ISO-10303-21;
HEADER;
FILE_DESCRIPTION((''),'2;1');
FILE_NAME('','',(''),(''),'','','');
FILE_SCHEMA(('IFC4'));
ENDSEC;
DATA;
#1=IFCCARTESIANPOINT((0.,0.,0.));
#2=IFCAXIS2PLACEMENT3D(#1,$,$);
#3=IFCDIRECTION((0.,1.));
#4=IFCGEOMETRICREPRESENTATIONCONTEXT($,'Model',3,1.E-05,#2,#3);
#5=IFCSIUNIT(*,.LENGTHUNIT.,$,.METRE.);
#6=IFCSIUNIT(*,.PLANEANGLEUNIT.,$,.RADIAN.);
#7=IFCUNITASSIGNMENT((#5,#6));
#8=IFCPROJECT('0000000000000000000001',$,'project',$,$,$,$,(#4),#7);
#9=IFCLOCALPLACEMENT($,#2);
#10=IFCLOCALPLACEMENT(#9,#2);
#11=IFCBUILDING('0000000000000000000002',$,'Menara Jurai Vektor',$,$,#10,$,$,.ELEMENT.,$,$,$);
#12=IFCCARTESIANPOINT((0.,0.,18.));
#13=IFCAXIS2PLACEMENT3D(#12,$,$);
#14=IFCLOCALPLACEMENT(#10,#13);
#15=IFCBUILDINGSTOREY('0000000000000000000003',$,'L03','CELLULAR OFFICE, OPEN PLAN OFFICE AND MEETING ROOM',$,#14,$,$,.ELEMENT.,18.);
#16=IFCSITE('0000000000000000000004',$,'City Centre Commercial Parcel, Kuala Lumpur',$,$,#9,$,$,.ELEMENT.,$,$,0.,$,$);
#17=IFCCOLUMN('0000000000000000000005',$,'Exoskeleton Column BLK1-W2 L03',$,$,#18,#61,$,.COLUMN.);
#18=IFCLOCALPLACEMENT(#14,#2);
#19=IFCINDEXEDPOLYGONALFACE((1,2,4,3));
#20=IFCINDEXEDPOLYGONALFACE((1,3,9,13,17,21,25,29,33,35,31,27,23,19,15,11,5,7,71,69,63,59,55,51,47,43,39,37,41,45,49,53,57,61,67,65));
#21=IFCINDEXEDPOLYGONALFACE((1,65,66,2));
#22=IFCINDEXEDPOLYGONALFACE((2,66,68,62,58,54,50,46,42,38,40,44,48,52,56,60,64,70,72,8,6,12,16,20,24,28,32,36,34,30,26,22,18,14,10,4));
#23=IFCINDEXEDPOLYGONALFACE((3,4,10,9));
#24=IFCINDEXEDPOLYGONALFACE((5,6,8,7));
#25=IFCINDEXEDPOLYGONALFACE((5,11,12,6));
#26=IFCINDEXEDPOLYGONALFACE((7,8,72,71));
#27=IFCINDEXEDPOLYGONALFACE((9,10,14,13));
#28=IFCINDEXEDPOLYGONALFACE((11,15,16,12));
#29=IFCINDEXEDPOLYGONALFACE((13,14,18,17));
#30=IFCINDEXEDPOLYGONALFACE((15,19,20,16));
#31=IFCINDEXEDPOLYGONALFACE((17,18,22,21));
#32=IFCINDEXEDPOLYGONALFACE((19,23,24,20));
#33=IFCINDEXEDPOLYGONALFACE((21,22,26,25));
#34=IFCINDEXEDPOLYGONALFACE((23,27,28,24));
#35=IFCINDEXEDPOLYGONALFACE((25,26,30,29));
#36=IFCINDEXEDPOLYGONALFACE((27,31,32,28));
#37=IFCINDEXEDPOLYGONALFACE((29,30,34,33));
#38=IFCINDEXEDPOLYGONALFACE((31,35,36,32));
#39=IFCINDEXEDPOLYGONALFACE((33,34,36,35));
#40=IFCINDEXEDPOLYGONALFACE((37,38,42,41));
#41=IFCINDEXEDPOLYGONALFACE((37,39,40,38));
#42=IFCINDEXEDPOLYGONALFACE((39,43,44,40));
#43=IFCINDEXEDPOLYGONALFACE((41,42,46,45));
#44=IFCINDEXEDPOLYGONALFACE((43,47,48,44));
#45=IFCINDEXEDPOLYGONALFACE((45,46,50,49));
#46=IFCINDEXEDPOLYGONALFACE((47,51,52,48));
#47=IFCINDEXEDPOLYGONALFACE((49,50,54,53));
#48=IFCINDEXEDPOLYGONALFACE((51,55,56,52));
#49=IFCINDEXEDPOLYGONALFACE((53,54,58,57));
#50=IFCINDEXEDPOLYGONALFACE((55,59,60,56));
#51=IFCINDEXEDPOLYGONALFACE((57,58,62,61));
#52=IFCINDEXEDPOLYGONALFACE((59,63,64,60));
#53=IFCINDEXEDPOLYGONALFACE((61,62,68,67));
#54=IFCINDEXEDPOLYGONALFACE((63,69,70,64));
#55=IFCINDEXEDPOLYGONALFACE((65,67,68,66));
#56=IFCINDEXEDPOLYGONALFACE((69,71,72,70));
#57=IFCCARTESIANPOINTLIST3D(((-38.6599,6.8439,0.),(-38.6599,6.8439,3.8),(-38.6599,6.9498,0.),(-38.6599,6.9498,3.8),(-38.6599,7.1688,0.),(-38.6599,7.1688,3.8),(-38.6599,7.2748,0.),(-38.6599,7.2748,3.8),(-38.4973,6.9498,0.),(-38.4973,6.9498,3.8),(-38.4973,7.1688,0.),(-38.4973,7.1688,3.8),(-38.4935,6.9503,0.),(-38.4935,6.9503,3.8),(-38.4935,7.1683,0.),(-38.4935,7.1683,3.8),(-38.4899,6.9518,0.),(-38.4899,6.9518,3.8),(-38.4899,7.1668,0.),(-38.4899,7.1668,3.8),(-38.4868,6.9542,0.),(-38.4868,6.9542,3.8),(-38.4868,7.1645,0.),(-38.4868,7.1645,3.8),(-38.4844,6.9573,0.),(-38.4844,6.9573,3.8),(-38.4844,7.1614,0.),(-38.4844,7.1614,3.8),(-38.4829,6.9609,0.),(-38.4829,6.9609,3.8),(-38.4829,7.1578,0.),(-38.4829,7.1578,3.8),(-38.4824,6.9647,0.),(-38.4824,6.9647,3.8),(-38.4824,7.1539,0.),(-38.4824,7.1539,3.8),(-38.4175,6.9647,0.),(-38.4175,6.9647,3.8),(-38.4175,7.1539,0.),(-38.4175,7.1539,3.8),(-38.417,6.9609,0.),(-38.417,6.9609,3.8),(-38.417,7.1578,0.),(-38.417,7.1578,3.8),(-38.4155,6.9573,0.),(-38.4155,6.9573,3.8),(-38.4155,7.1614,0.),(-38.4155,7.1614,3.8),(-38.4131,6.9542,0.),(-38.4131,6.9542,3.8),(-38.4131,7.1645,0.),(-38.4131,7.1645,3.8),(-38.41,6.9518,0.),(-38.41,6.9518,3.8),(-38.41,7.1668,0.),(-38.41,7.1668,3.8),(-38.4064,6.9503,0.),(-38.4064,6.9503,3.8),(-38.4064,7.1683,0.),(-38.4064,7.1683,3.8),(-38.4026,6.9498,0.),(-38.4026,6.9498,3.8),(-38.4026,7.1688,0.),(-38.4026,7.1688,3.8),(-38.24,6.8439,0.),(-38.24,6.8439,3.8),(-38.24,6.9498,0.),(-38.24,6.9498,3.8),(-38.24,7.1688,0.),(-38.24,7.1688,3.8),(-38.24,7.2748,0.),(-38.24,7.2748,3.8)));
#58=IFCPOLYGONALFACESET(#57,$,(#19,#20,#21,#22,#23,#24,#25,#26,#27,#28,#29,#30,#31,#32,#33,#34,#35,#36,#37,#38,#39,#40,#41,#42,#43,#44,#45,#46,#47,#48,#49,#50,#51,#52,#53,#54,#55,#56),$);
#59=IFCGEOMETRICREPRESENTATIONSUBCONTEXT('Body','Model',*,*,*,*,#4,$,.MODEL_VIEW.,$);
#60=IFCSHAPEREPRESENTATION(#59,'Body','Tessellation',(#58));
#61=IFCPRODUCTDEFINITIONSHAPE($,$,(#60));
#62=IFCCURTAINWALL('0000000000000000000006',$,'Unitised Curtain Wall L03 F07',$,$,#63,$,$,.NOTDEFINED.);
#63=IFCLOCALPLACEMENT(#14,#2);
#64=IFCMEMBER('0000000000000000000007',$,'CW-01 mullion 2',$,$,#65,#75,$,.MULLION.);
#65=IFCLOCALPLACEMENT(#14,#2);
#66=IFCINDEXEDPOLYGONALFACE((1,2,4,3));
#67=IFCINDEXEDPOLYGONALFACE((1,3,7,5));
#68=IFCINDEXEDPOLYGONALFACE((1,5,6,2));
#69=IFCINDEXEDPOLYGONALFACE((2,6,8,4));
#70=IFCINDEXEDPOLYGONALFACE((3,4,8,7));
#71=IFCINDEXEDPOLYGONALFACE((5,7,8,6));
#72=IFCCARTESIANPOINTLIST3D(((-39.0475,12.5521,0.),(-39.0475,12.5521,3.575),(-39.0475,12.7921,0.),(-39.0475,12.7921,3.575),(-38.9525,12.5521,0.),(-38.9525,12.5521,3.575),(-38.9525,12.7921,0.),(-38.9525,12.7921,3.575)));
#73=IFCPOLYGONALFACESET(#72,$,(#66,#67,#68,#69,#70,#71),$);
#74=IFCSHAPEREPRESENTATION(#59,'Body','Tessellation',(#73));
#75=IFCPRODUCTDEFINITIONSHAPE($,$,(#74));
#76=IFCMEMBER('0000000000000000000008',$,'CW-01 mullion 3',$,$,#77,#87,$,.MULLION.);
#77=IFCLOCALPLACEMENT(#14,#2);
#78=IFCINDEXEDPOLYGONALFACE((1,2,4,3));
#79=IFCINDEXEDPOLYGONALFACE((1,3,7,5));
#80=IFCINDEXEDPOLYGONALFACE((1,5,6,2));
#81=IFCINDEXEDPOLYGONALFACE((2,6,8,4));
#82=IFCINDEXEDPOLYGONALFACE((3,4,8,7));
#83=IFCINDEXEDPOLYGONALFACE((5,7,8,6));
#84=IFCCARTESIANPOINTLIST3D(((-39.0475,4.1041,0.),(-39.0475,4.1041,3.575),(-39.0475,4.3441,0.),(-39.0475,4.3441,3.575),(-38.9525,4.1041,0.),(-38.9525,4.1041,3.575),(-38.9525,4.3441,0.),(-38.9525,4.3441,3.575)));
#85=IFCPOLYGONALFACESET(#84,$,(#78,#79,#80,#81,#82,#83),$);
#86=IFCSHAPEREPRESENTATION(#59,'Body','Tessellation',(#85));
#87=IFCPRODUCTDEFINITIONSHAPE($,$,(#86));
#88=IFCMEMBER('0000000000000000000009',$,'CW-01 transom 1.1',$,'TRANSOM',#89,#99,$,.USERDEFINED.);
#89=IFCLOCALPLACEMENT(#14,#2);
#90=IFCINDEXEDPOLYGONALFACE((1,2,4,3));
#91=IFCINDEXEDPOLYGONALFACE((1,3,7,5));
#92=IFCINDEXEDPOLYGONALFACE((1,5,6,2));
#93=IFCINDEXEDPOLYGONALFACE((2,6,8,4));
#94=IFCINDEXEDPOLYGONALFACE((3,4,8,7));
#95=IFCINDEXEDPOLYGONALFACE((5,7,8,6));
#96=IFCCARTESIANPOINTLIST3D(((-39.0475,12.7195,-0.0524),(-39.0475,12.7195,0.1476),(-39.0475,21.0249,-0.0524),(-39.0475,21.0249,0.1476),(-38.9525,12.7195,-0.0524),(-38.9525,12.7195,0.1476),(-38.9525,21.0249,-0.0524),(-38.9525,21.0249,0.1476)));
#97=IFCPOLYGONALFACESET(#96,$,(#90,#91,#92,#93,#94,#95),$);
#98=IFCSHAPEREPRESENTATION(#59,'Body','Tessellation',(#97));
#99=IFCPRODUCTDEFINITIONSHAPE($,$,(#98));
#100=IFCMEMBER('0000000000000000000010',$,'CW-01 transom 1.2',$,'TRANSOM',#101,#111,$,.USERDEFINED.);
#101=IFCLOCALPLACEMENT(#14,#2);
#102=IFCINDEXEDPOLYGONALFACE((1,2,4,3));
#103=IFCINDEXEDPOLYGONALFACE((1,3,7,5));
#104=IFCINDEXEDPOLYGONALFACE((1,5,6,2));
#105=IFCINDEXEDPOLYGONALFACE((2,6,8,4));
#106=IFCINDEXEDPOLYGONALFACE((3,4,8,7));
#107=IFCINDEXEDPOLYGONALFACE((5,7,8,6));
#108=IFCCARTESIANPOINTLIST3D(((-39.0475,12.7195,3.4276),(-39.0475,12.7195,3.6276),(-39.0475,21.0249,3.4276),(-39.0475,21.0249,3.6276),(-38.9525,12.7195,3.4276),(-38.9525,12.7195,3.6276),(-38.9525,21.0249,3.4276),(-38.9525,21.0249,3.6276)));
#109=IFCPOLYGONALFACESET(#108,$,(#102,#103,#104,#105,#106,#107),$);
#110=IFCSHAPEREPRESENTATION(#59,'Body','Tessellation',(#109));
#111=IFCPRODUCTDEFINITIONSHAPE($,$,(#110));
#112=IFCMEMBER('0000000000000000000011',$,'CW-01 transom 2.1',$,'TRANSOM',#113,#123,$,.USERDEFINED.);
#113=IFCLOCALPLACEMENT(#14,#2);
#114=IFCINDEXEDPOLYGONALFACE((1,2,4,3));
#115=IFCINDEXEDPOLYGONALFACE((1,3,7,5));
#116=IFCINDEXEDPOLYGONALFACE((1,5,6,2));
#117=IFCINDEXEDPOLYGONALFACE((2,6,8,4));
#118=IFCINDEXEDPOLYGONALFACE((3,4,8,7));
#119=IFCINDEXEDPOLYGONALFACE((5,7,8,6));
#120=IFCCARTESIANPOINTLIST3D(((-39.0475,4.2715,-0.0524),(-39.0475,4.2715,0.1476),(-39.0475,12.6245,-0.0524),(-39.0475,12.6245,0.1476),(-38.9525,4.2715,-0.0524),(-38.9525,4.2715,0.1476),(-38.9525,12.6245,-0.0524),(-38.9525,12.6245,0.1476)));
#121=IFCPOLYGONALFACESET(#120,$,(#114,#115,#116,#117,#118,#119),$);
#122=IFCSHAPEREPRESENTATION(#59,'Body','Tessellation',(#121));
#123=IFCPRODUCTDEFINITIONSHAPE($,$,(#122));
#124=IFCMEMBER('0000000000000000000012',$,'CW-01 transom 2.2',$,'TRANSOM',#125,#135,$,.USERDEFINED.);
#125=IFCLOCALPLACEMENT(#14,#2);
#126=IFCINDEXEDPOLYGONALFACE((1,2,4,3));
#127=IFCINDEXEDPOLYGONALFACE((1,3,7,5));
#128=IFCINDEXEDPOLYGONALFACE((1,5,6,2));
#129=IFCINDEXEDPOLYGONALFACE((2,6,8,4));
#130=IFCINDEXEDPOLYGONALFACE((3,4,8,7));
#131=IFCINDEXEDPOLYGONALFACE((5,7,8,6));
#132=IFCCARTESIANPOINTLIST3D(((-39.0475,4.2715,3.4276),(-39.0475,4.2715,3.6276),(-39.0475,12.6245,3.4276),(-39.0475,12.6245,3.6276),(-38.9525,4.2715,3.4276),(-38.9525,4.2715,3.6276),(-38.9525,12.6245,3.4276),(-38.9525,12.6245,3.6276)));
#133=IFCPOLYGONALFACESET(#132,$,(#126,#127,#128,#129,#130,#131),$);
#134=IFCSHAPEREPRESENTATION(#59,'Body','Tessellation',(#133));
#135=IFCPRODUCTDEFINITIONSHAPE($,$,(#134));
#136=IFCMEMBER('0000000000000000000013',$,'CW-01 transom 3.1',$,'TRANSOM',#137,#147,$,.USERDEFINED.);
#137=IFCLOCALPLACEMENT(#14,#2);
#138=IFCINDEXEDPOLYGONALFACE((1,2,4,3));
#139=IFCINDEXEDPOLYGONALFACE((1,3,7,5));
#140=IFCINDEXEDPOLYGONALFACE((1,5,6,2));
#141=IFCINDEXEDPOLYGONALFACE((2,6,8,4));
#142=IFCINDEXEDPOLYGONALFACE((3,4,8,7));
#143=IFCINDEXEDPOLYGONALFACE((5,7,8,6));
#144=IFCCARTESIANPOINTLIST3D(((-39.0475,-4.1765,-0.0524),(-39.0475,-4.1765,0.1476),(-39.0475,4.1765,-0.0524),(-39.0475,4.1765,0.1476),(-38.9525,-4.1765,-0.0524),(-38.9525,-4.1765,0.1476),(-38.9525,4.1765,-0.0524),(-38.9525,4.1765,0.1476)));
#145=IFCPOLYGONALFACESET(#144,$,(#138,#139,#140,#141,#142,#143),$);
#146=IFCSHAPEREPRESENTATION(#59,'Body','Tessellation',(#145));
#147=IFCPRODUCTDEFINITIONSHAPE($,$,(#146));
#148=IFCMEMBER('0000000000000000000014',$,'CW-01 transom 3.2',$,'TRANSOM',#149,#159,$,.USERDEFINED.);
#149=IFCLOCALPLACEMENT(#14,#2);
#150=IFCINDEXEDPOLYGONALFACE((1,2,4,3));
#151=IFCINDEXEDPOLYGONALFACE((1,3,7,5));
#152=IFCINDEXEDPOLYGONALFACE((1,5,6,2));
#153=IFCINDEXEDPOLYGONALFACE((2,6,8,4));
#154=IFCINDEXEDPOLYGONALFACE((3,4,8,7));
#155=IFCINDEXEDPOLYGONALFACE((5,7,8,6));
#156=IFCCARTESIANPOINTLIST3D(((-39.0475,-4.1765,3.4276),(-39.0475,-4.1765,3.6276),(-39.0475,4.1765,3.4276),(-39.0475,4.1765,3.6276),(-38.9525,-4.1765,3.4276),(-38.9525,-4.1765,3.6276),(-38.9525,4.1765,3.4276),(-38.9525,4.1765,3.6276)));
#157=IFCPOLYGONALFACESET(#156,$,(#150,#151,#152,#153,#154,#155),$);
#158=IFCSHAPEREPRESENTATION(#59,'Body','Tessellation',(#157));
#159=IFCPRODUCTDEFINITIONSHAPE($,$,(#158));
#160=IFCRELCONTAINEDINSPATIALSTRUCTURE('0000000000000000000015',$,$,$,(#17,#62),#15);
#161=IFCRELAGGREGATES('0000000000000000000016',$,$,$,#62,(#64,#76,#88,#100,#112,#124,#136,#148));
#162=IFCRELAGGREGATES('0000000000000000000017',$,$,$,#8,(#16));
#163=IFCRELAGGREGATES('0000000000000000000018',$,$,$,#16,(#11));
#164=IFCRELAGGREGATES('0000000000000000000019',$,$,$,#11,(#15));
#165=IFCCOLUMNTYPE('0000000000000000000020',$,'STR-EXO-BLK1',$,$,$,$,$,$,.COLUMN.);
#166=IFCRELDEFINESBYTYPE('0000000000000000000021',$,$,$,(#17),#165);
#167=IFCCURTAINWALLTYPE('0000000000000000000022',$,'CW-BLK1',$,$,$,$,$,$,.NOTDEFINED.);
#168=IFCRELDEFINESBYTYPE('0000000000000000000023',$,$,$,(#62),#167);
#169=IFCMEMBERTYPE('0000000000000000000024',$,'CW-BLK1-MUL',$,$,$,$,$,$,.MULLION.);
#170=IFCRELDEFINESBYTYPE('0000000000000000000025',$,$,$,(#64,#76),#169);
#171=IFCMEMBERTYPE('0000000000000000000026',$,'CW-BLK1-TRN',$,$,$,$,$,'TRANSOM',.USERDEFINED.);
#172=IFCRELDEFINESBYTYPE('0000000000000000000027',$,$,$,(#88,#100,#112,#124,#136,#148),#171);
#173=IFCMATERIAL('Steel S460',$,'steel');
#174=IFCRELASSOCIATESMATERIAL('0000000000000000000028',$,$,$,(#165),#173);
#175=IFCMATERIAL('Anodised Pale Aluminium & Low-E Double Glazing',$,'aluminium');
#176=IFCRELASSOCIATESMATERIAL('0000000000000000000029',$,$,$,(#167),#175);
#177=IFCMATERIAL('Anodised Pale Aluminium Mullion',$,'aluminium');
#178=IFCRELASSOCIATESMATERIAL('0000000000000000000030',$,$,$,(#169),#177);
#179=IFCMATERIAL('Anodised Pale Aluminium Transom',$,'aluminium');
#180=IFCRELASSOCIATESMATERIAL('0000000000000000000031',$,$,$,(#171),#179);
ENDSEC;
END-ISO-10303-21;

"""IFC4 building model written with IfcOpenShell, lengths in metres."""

from ifc_helpers import new_model, si_unit, direction, frame, origin, origin_2d, place, context, subcontext, project, spatial, rectangle, i_section, extrude, material, material_profile, profile_set, type_object, element, aggregate, save


model = new_model("IFC4")

# Units and contexts
model_context = context("Model", 3, precision=1e-05, world=origin(), true_north=direction((0.0, 1.0)))
body_context = subcontext(model_context, "Body", "Model", "MODEL_VIEW")
ifc_project = project(units=[si_unit("LENGTHUNIT", "METRE"), si_unit("PLANEANGLEUNIT", "RADIAN")], contexts=[model_context])

# Site, building, storey
site_placement = place(None, origin())
site = spatial("IfcSite", under=ifc_project, at=site_placement, Name="City Centre Commercial Parcel, Kuala Lumpur", CompositionType="ELEMENT", RefElevation=0.0)
building_placement = place(site_placement, origin())
building = spatial("IfcBuilding", under=site, at=building_placement, Name="Menara Jurai Vektor", CompositionType="ELEMENT")
storey_placement = place(building_placement, frame((0.0, 0.0, 18.0)))
storey = spatial("IfcBuildingStorey", under=building, at=storey_placement, Name="L03", Description="CELLULAR OFFICE, OPEN PLAN OFFICE AND MEETING ROOM", CompositionType="ELEMENT", Elevation=18.0)

# Column
ifc_material_1 = material(Name="Steel S460", Category="steel")
ifc_material_profile_1 = material_profile(ifc_material_1, i_section(OverallWidth=0.4199, OverallDepth=0.4309, WebThickness=0.0649, FlangeThickness=0.106, FilletRadius=0.0149, at=origin_2d()), Name="HD 400x900")
ifc_profile_set_1 = profile_set([ifc_material_profile_1], Name="Steel S460")
column_type = type_object("IfcColumnType", Name="STR-EXO-BLK1", PredefinedType="COLUMN", material=ifc_profile_set_1)
column_placement = place(storey_placement, frame((-38.45, 7.0593, 0.0), z_axis=(0.0, 0.0, 1.0), x_axis=(1.0, 0.0, 0.0)))
element("IfcColumn", 1, at=column_placement, inside=storey, type_object=column_type, Name="Exoskeleton Column BLK1-W2 L03", PredefinedType="COLUMN", context=body_context, shape_type="SweptSolid", body=[
    extrude(i_section(OverallWidth=0.4199, OverallDepth=0.4309, WebThickness=0.0649, FlangeThickness=0.106, FilletRadius=0.0149, at=origin_2d()), origin(), (0.0, 0.0, 1.0), 3.8),
])

# Curtain wall, members
ifc_material_2 = material(Name="Anodised Pale Aluminium & Low-E Double Glazing", Category="aluminium")
curtain_wall_type = type_object("IfcCurtainWallType", Name="CW-BLK1", PredefinedType="NOTDEFINED", material=ifc_material_2)
curtain_wall_placement = place(storey_placement, origin())
curtain_wall = element("IfcCurtainWall", 2, at=curtain_wall_placement, inside=storey, type_object=curtain_wall_type, Name="Unitised Curtain Wall L03 F07", PredefinedType="NOTDEFINED")
ifc_material_3 = material(Name="Anodised Pale Aluminium Mullion", Category="aluminium")
ifc_material_profile_2 = material_profile(ifc_material_3, rectangle(XDim=0.095, YDim=0.24, at=origin_2d()), Name="ALU MUL 95x240")
ifc_profile_set_2 = profile_set([ifc_material_profile_2], Name="Anodised Pale Aluminium Mullion")
member_type_1 = type_object("IfcMemberType", Name="CW-BLK1-MUL", PredefinedType="MULLION", material=ifc_profile_set_2)
member_1_placement = place(storey_placement, frame((-39.0, 12.6721, 0.0), z_axis=(0.0, 0.0, 1.0), x_axis=(1.0, 0.0, 0.0)))
member_1 = element("IfcMember", 3, at=member_1_placement, type_object=member_type_1, Name="CW-01 mullion 2", PredefinedType="MULLION", context=body_context, shape_type="SweptSolid", body=[
    extrude(rectangle(XDim=0.095, YDim=0.24, at=origin_2d()), origin(), (0.0, 0.0, 1.0), 3.575),
])
member_2_placement = place(storey_placement, frame((-39.0, 4.2241, 0.0), z_axis=(0.0, 0.0, 1.0), x_axis=(1.0, 0.0, 0.0)))
member_2 = element("IfcMember", 4, at=member_2_placement, type_object=member_type_1, Name="CW-01 mullion 3", PredefinedType="MULLION", context=body_context, shape_type="SweptSolid", body=[
    extrude(rectangle(XDim=0.095, YDim=0.24, at=origin_2d()), origin(), (0.0, 0.0, 1.0), 3.575),
])
ifc_material_4 = material(Name="Anodised Pale Aluminium Transom", Category="aluminium")
ifc_material_profile_3 = material_profile(ifc_material_4, rectangle(XDim=0.095, YDim=0.2, at=origin_2d()), Name="ALU TRN 95x200")
ifc_profile_set_3 = profile_set([ifc_material_profile_3], Name="Anodised Pale Aluminium Transom")
member_type_2 = type_object("IfcMemberType", Name="CW-BLK1-TRN", ElementType="TRANSOM", PredefinedType="USERDEFINED", material=ifc_profile_set_3)
member_3_placement = place(storey_placement, frame((-39.0, 21.0249, 0.0476), z_axis=(0.0, -1.0, 0.0), x_axis=(1.0, 0.0, 0.0)))
member_3 = element("IfcMember", 5, at=member_3_placement, type_object=member_type_2, Name="CW-01 transom 1.1", ObjectType="TRANSOM", PredefinedType="USERDEFINED", context=body_context, shape_type="SweptSolid", body=[
    extrude(rectangle(XDim=0.095, YDim=0.2, at=origin_2d()), origin(), (0.0, 0.0, 1.0), 8.3054),
])
member_4_placement = place(storey_placement, frame((-39.0, 21.0249, 3.5276), z_axis=(0.0, -1.0, 0.0), x_axis=(1.0, 0.0, 0.0)))
member_4 = element("IfcMember", 6, at=member_4_placement, type_object=member_type_2, Name="CW-01 transom 1.2", ObjectType="TRANSOM", PredefinedType="USERDEFINED", context=body_context, shape_type="SweptSolid", body=[
    extrude(rectangle(XDim=0.095, YDim=0.2, at=origin_2d()), origin(), (0.0, 0.0, 1.0), 8.3054),
])
member_5_placement = place(storey_placement, frame((-39.0, 12.6245, 0.0476), z_axis=(0.0, -1.0, 0.0), x_axis=(1.0, 0.0, 0.0)))
member_5 = element("IfcMember", 7, at=member_5_placement, type_object=member_type_2, Name="CW-01 transom 2.1", ObjectType="TRANSOM", PredefinedType="USERDEFINED", context=body_context, shape_type="SweptSolid", body=[
    extrude(rectangle(XDim=0.095, YDim=0.2, at=origin_2d()), origin(), (0.0, 0.0, 1.0), 8.353),
])
member_6_placement = place(storey_placement, frame((-39.0, 12.6245, 3.5276), z_axis=(0.0, -1.0, 0.0), x_axis=(1.0, 0.0, 0.0)))
member_6 = element("IfcMember", 8, at=member_6_placement, type_object=member_type_2, Name="CW-01 transom 2.2", ObjectType="TRANSOM", PredefinedType="USERDEFINED", context=body_context, shape_type="SweptSolid", body=[
    extrude(rectangle(XDim=0.095, YDim=0.2, at=origin_2d()), origin(), (0.0, 0.0, 1.0), 8.353),
])
member_7_placement = place(storey_placement, frame((-39.0, 4.1765, 0.0476), z_axis=(0.0, -1.0, 0.0), x_axis=(1.0, 0.0, 0.0)))
member_7 = element("IfcMember", 9, at=member_7_placement, type_object=member_type_2, Name="CW-01 transom 3.1", ObjectType="TRANSOM", PredefinedType="USERDEFINED", context=body_context, shape_type="SweptSolid", body=[
    extrude(rectangle(XDim=0.095, YDim=0.2, at=origin_2d()), origin(), (0.0, 0.0, 1.0), 8.353),
])
member_8_placement = place(storey_placement, frame((-39.0, 4.1765, 3.5276), z_axis=(0.0, -1.0, 0.0), x_axis=(1.0, 0.0, 0.0)))
member_8 = element("IfcMember", 10, at=member_8_placement, type_object=member_type_2, Name="CW-01 transom 3.2", ObjectType="TRANSOM", PredefinedType="USERDEFINED", context=body_context, shape_type="SweptSolid", body=[
    extrude(rectangle(XDim=0.095, YDim=0.2, at=origin_2d()), origin(), (0.0, 0.0, 1.0), 8.353),
])

aggregate(curtain_wall, [member_1, member_2, member_3, member_4, member_5, member_6, member_7, member_8])

save(model, "model.ifc")
